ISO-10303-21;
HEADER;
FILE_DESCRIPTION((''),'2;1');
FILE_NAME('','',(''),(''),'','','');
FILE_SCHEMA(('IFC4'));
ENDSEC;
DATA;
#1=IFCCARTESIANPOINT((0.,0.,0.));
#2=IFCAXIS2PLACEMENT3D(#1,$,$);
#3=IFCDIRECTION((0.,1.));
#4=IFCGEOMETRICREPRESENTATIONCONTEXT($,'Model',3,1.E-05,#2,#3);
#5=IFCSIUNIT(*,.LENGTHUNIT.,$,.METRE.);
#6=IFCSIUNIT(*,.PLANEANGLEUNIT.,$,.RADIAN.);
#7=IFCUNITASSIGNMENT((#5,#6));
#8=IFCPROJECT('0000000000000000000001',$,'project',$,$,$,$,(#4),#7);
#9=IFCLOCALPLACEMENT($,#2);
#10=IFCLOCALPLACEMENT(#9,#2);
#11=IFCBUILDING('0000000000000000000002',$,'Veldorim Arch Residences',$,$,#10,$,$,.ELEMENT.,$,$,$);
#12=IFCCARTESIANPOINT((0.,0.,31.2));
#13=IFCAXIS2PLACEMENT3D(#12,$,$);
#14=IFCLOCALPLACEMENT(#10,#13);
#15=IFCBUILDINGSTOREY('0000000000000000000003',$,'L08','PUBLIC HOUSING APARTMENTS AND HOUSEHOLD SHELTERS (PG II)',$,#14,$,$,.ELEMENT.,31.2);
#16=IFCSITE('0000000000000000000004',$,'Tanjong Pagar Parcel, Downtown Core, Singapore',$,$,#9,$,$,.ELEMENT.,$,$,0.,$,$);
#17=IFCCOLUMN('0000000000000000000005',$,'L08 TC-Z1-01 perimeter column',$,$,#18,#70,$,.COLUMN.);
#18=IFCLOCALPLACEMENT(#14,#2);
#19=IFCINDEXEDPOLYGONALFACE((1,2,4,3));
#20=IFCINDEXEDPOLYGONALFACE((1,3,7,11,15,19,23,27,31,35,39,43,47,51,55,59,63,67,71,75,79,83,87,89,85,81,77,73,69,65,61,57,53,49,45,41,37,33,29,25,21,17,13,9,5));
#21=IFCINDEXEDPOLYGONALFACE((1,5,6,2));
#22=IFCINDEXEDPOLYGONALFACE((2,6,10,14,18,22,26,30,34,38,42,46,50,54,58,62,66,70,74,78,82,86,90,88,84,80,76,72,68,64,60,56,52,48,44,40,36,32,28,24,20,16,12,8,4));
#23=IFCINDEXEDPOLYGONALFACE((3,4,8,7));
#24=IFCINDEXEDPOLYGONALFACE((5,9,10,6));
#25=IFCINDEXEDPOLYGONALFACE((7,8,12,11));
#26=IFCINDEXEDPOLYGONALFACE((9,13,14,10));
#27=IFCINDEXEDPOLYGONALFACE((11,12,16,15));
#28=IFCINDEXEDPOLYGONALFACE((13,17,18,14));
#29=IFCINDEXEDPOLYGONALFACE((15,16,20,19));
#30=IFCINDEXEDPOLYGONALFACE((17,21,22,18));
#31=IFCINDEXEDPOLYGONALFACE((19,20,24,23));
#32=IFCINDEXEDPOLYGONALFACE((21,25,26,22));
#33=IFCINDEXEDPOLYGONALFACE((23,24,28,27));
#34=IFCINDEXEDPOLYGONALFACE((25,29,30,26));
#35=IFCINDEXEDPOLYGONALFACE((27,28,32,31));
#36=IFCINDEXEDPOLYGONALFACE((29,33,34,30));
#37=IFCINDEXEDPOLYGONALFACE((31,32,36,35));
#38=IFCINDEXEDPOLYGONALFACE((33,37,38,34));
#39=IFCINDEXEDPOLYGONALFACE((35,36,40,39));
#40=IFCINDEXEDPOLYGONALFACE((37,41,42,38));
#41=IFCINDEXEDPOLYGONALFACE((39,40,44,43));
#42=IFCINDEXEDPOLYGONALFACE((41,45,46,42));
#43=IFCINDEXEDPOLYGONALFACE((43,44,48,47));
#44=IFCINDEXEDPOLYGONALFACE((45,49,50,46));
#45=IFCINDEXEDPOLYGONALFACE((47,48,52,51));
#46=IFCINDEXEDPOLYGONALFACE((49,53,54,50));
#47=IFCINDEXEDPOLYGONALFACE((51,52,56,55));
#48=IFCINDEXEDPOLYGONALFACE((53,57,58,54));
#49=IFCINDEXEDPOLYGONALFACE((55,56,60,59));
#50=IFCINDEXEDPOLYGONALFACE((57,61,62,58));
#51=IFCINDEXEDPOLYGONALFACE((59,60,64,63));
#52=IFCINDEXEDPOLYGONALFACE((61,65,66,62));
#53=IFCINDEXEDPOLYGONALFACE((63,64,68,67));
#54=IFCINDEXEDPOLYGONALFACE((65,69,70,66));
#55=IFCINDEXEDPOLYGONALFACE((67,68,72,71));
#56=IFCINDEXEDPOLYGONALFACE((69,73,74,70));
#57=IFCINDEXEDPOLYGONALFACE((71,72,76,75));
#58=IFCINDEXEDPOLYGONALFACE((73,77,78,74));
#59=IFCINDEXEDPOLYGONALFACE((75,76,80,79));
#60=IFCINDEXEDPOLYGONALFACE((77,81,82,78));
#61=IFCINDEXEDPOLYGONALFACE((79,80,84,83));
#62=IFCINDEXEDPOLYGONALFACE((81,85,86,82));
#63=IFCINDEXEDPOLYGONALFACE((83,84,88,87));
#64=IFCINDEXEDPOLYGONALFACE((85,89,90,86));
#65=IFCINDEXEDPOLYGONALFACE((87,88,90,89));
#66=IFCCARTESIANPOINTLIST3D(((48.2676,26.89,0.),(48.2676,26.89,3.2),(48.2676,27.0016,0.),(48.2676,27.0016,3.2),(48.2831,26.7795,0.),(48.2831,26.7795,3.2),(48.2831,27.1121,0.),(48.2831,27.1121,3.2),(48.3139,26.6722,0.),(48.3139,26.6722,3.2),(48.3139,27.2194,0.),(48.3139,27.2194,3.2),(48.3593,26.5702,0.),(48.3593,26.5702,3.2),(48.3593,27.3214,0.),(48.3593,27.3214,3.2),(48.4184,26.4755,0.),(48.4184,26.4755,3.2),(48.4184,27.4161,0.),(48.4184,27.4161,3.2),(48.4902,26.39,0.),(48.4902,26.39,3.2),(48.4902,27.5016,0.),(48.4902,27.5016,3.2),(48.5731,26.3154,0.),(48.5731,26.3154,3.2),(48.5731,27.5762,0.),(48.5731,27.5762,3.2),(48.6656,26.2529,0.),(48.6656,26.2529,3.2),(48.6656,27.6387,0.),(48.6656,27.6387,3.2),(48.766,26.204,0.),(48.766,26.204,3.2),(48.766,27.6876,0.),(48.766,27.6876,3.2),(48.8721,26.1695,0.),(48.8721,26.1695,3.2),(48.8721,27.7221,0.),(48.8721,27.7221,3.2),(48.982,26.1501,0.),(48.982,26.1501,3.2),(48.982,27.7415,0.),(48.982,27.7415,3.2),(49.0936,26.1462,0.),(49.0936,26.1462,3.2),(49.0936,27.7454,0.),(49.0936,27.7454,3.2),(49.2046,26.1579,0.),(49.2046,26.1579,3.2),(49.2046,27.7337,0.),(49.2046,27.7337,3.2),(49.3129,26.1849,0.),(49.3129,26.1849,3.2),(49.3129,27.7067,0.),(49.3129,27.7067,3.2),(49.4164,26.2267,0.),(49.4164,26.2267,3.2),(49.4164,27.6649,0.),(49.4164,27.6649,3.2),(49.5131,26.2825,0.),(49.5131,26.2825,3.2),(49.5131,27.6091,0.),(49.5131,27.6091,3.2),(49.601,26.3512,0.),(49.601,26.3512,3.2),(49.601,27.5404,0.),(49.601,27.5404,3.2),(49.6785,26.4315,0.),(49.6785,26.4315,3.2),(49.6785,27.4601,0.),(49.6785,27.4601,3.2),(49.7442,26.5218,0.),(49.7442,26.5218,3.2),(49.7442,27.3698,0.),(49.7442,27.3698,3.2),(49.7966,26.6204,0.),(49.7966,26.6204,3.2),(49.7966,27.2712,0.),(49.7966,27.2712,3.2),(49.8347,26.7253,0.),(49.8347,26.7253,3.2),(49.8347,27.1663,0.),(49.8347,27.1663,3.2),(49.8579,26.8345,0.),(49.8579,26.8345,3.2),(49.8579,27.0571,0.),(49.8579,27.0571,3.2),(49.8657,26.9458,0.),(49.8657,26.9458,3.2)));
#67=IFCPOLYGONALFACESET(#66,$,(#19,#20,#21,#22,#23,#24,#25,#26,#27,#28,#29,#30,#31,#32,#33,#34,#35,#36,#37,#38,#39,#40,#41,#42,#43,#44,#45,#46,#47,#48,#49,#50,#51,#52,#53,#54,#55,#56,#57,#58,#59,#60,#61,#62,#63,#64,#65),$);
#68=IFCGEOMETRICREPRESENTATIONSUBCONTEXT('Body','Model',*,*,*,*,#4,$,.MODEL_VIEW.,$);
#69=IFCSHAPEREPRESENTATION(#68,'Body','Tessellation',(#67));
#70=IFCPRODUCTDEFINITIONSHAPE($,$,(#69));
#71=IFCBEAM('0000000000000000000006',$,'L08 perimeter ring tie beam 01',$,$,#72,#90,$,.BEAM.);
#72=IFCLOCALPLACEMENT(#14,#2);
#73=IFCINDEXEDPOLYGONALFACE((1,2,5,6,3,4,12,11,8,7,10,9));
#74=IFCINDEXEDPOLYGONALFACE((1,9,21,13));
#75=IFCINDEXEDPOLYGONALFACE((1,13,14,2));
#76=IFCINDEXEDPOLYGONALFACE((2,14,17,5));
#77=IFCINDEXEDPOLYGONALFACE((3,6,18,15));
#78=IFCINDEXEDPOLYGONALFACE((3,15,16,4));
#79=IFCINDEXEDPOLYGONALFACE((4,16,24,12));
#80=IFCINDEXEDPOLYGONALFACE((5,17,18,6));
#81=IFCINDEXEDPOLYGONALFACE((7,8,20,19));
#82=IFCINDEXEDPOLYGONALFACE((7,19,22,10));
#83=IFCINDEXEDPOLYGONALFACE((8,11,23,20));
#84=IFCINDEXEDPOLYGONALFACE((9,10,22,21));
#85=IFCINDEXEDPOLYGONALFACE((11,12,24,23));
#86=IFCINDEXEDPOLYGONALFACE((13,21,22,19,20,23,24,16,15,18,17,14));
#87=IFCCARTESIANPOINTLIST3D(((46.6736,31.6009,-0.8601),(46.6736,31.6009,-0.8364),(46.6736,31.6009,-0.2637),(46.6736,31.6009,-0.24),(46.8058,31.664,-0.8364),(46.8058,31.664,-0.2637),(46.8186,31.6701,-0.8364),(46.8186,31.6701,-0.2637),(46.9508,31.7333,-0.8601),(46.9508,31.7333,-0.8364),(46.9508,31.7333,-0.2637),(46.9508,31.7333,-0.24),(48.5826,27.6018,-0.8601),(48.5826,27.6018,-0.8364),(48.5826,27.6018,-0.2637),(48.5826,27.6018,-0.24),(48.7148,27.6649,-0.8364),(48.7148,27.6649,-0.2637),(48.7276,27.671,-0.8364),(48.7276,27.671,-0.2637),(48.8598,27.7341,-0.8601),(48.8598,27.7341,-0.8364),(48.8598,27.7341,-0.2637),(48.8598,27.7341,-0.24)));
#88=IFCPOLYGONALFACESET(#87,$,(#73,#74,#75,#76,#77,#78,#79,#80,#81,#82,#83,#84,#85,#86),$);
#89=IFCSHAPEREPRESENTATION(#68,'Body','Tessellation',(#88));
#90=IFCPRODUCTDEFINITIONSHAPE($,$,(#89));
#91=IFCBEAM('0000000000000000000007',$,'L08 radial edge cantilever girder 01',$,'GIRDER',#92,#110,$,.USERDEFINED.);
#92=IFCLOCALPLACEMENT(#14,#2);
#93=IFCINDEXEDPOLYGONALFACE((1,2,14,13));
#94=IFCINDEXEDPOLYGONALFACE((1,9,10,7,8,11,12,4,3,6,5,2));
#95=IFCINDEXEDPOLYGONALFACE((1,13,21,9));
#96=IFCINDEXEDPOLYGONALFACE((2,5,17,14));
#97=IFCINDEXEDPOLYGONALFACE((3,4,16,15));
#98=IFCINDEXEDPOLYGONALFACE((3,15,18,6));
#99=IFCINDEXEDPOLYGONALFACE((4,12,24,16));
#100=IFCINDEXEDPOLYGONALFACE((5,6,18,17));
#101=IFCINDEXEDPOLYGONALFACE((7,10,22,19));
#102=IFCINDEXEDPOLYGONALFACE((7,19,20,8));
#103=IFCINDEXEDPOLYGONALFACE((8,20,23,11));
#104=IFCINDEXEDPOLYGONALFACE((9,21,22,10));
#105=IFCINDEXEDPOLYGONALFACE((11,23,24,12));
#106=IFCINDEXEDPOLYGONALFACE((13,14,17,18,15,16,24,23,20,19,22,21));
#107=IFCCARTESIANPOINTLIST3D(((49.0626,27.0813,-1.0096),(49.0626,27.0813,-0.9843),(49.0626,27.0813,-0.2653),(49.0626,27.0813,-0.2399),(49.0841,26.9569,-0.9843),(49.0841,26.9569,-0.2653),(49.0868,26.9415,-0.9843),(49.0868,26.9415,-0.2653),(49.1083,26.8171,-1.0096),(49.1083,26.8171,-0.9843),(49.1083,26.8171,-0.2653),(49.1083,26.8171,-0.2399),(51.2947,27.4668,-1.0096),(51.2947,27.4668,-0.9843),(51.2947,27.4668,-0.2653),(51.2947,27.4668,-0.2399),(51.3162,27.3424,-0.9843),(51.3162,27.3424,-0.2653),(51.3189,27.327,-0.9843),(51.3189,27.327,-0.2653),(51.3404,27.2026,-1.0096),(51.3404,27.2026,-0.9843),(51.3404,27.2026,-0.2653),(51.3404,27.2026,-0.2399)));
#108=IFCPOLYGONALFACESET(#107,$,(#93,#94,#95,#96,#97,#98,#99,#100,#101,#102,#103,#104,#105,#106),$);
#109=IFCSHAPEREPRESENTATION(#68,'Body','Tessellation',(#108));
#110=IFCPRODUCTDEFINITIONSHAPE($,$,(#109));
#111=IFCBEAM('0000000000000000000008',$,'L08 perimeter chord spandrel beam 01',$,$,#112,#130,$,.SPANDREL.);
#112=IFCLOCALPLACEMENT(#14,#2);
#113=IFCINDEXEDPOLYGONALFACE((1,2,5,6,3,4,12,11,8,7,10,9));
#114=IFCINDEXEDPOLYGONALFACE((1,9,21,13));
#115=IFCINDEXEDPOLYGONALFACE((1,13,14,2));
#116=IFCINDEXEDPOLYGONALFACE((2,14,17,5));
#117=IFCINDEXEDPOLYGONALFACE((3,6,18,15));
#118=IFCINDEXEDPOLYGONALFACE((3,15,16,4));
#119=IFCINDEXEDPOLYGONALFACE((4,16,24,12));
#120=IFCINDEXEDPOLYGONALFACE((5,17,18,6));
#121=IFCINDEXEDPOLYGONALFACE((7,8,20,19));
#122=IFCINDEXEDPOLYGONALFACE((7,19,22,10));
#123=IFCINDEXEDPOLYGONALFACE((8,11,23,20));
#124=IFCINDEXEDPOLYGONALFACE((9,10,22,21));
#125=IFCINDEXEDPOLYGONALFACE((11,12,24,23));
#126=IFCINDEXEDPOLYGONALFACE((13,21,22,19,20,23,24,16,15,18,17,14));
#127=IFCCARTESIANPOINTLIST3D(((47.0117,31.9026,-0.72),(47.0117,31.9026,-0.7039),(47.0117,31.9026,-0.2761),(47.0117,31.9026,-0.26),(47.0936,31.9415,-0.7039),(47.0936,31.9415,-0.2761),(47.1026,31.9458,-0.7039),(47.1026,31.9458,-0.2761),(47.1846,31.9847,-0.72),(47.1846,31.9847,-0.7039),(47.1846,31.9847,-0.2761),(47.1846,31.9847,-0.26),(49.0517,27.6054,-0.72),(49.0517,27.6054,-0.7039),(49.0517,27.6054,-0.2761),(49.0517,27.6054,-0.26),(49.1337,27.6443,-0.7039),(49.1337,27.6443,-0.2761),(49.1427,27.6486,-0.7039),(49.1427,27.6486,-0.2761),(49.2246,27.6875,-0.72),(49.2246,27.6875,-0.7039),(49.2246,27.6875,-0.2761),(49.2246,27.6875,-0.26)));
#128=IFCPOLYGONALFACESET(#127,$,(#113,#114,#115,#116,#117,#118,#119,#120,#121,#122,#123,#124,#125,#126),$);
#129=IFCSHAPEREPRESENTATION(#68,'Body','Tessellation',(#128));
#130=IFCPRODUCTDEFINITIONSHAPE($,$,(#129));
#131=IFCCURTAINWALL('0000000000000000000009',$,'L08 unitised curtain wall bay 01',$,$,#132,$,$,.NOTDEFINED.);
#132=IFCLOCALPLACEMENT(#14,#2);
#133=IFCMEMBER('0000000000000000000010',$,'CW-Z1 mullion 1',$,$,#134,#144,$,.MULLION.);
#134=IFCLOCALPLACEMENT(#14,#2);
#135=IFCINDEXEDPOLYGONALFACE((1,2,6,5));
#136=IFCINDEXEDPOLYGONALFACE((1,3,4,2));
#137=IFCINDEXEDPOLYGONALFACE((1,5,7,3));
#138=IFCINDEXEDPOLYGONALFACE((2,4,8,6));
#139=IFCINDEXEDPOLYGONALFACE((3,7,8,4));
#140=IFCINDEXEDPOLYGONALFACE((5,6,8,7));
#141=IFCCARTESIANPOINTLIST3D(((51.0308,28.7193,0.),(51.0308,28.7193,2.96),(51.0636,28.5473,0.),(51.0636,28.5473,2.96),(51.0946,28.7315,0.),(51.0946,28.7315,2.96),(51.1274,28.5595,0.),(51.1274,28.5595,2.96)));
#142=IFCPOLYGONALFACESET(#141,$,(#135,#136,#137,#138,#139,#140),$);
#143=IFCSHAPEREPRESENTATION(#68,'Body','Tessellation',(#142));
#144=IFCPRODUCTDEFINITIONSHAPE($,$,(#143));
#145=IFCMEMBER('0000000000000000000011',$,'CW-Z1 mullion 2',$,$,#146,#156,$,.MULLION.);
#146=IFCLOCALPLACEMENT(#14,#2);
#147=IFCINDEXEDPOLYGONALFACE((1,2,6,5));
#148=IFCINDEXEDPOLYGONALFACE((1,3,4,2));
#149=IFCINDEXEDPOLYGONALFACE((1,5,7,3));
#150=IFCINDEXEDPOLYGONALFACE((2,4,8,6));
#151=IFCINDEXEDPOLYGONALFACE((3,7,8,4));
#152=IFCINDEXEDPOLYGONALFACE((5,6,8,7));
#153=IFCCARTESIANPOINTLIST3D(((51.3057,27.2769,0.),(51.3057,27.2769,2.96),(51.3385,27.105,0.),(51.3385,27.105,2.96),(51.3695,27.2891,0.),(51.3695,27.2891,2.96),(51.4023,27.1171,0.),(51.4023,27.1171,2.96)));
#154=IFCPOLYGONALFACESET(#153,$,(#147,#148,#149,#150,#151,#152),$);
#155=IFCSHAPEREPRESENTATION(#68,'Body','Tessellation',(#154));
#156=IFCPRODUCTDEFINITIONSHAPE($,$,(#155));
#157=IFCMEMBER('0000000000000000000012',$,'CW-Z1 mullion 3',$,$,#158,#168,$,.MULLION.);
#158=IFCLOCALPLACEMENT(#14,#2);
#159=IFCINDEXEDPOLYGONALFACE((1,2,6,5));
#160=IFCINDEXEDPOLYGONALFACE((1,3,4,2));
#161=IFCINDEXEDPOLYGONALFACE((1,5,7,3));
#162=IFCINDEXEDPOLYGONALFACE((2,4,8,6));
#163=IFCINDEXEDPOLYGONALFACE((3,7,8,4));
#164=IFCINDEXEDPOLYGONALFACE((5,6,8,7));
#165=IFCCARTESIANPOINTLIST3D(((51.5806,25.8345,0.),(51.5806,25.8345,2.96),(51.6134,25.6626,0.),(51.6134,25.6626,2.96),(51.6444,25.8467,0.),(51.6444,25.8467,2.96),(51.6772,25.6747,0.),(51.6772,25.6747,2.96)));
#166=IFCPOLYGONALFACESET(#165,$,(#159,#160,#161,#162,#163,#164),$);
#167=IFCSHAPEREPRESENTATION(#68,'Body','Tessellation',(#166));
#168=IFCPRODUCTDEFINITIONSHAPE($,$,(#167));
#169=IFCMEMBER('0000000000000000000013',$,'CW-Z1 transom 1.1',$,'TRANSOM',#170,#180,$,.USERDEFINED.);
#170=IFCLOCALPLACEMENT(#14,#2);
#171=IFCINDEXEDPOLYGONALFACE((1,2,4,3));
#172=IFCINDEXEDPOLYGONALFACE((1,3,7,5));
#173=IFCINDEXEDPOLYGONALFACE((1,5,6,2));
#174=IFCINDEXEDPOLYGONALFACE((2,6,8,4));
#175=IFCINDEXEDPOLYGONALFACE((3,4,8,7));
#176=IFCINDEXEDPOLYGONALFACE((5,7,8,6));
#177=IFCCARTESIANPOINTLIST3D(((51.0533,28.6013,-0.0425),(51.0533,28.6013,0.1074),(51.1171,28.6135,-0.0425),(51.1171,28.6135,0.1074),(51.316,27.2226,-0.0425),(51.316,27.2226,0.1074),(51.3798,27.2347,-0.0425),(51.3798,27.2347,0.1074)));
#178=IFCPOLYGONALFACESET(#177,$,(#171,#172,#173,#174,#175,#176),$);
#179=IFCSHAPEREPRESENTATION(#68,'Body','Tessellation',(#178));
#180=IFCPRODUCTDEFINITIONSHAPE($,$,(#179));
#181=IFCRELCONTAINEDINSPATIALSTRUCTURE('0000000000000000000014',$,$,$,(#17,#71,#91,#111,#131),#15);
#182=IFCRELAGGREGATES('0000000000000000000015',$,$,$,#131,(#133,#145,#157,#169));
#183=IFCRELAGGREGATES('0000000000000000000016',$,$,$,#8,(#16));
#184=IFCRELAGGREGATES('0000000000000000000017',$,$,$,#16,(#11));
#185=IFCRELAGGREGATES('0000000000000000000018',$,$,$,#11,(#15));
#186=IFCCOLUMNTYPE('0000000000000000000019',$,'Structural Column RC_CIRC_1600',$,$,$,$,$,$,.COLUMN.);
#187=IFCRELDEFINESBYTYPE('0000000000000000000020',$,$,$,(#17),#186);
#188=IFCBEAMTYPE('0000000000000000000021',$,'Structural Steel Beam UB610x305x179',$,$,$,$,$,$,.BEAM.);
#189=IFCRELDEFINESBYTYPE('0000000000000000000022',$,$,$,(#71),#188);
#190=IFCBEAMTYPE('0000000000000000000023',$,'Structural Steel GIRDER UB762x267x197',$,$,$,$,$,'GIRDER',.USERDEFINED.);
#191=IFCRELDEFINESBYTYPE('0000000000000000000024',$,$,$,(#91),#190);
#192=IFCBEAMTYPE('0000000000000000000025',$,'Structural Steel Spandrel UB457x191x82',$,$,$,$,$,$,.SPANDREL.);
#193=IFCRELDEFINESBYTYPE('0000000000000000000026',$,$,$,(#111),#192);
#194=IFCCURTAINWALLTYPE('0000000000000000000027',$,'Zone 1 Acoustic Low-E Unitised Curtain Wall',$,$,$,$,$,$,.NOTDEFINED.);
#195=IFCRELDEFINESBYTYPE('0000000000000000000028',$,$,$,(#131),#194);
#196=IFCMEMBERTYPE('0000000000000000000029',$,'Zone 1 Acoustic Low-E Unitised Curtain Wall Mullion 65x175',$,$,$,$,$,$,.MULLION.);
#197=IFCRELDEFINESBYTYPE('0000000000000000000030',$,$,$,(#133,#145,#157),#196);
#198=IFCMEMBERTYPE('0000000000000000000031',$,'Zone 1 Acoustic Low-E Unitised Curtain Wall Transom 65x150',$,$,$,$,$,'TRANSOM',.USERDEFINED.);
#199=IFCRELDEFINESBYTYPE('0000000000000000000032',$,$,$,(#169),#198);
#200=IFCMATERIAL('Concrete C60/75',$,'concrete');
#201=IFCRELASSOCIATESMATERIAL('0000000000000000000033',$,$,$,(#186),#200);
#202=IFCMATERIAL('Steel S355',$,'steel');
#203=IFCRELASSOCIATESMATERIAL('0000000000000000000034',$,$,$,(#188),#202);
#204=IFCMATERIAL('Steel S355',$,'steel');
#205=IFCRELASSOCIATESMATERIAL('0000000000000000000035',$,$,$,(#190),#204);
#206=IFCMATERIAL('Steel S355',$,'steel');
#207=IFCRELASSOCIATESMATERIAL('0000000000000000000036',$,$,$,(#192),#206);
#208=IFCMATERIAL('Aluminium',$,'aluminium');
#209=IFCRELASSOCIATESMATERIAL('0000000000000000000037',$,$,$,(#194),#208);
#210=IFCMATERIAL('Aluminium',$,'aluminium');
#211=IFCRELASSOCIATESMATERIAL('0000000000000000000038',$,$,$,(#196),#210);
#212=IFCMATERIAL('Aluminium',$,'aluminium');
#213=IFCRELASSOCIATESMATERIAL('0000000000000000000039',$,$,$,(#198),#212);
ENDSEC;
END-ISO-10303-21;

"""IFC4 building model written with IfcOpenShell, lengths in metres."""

from ifc_helpers import new_model, si_unit, direction, frame, origin, origin_2d, place, context, subcontext, project, spatial, rectangle, circle, i_section, extrude, material, material_profile, profile_set, type_object, element, aggregate, save


model = new_model("IFC4")

# Units and contexts
model_context = context("Model", 3, precision=1e-05, world=origin(), true_north=direction((0.0, 1.0)))
body_context = subcontext(model_context, "Body", "Model", "MODEL_VIEW")
ifc_project = project(units=[si_unit("LENGTHUNIT", "METRE"), si_unit("PLANEANGLEUNIT", "RADIAN")], contexts=[model_context])

# Site, building, storey
site_placement = place(None, origin())
site = spatial("IfcSite", under=ifc_project, at=site_placement, Name="Tanjong Pagar Parcel, Downtown Core, Singapore", CompositionType="ELEMENT", RefElevation=0.0)
building_placement = place(site_placement, origin())
building = spatial("IfcBuilding", under=site, at=building_placement, Name="Veldorim Arch Residences", CompositionType="ELEMENT")
storey_placement = place(building_placement, frame((0.0, 0.0, 31.2)))
storey = spatial("IfcBuildingStorey", under=building, at=storey_placement, Name="L08", Description="PUBLIC HOUSING APARTMENTS AND HOUSEHOLD SHELTERS (PG II)", CompositionType="ELEMENT", Elevation=31.2)

# Column
ifc_material_1 = material(Name="Concrete C60/75", Category="concrete")
ifc_material_profile_1 = material_profile(ifc_material_1, circle(Radius=0.8, at=origin_2d()), Name="RC_CIRC_1600")
ifc_profile_set_1 = profile_set([ifc_material_profile_1], Name="Concrete C60/75")
column_type = type_object("IfcColumnType", Name="Structural Column RC_CIRC_1600", PredefinedType="COLUMN", material=ifc_profile_set_1)
column_placement = place(storey_placement, frame((49.0657, 26.9458, 0.0), z_axis=(0.0, 0.0, 1.0), x_axis=(1.0, 0.0, 0.0)))
element("IfcColumn", 1, at=column_placement, inside=storey, type_object=column_type, Name="L08 TC-Z1-01 perimeter column", PredefinedType="COLUMN", context=body_context, shape_type="SweptSolid", body=[
    extrude(circle(Radius=0.8, at=origin_2d()), origin(), (0.0, 0.0, 1.0), 3.2),
])

# Beams
ifc_material_2 = material(Name="Steel S355", Category="steel")
ifc_material_profile_2 = material_profile(ifc_material_2, i_section(OverallWidth=0.3071, OverallDepth=0.6201, WebThickness=0.0142, FlangeThickness=0.0237, at=origin_2d()), Name="UB610x305x179")
ifc_profile_set_2 = profile_set([ifc_material_profile_2], Name="Steel S355")
beam_type_1 = type_object("IfcBeamType", Name="Structural Steel Beam UB610x305x179", PredefinedType="BEAM", material=ifc_profile_set_2)
beam_1_placement = place(storey_placement, frame((48.7212, 27.668, -0.55), z_axis=(-0.430787, 0.902454, 0.0), x_axis=(-0.902454, -0.430787, 0.0)))
element("IfcBeam", 2, at=beam_1_placement, inside=storey, type_object=beam_type_1, Name="L08 perimeter ring tie beam 01", PredefinedType="BEAM", context=body_context, shape_type="SweptSolid", body=[
    extrude(i_section(OverallWidth=0.3071, OverallDepth=0.6201, WebThickness=0.0142, FlangeThickness=0.0237, at=origin_2d()), origin(), (0.0, 0.0, 1.0), 4.4314),
])
ifc_material_3 = material(Name="Steel S355", Category="steel")
ifc_material_profile_3 = material_profile(ifc_material_3, i_section(OverallWidth=0.2681, OverallDepth=0.7698, WebThickness=0.0156, FlangeThickness=0.0254, at=origin_2d()), Name="UB762x267x197")
ifc_profile_set_3 = profile_set([ifc_material_profile_3], Name="Steel S355")
beam_type_2 = type_object("IfcBeamType", Name="Structural Steel GIRDER UB762x267x197", ElementType="GIRDER", PredefinedType="USERDEFINED", material=ifc_profile_set_3)
beam_2_placement = place(storey_placement, frame((49.0854, 26.9492, -0.6248), z_axis=(0.985413, 0.170181, 0.0), x_axis=(-0.170181, 0.985413, 0.0)))
element("IfcBeam", 3, at=beam_2_placement, inside=storey, type_object=beam_type_2, Name="L08 radial edge cantilever girder 01", ObjectType="GIRDER", PredefinedType="USERDEFINED", context=body_context, shape_type="SweptSolid", body=[
    extrude(i_section(OverallWidth=0.2681, OverallDepth=0.7698, WebThickness=0.0156, FlangeThickness=0.0254, at=origin_2d()), origin(), (0.0, 0.0, 1.0), 2.2651),
])
ifc_material_4 = material(Name="Steel S355", Category="steel")
ifc_material_profile_4 = material_profile(ifc_material_4, i_section(OverallWidth=0.1914, OverallDepth=0.46, WebThickness=0.01, FlangeThickness=0.0161, at=origin_2d()), Name="UB457x191x82")
ifc_profile_set_4 = profile_set([ifc_material_profile_4], Name="Steel S355")
beam_type_3 = type_object("IfcBeamType", Name="Structural Steel Spandrel UB457x191x82", PredefinedType="SPANDREL", material=ifc_profile_set_4)
beam_3_placement = place(storey_placement, frame((49.1382, 27.6465, -0.49), z_axis=(-0.428869, 0.903366, 0.0), x_axis=(-0.903366, -0.428869, 0.0)))
element("IfcBeam", 4, at=beam_3_placement, inside=storey, type_object=beam_type_3, Name="L08 perimeter chord spandrel beam 01", PredefinedType="SPANDREL", context=body_context, shape_type="SweptSolid", body=[
    extrude(i_section(OverallWidth=0.1914, OverallDepth=0.46, WebThickness=0.01, FlangeThickness=0.0161, at=origin_2d()), origin(), (0.0, 0.0, 1.0), 4.7568),
])

# Curtain wall, members
ifc_material_5 = material(Name="Aluminium", Category="aluminium")
curtain_wall_type = type_object("IfcCurtainWallType", Name="Zone 1 Acoustic Low-E Unitised Curtain Wall", PredefinedType="NOTDEFINED", material=ifc_material_5)
curtain_wall_placement = place(storey_placement, origin())
curtain_wall = element("IfcCurtainWall", 5, at=curtain_wall_placement, inside=storey, type_object=curtain_wall_type, Name="L08 unitised curtain wall bay 01", PredefinedType="NOTDEFINED")
ifc_material_6 = material(Name="Aluminium", Category="aluminium")
ifc_material_profile_5 = material_profile(ifc_material_6, rectangle(XDim=0.0649, YDim=0.175, at=origin_2d()), Name="ALU_MUL_65x175")
ifc_profile_set_5 = profile_set([ifc_material_profile_5], Name="Aluminium")
member_type_1 = type_object("IfcMemberType", Name="Zone 1 Acoustic Low-E Unitised Curtain Wall Mullion 65x175", PredefinedType="MULLION", material=ifc_profile_set_5)
member_1_placement = place(storey_placement, frame((51.0791, 28.6394, 0.0), z_axis=(0.0, 0.0, 1.0), x_axis=(0.982318, 0.187222, 0.0)))
member_1 = element("IfcMember", 6, at=member_1_placement, type_object=member_type_1, Name="CW-Z1 mullion 1", PredefinedType="MULLION", context=body_context, shape_type="SweptSolid", body=[
    extrude(rectangle(XDim=0.0649, YDim=0.175, at=origin_2d()), origin(), (0.0, 0.0, 1.0), 2.96),
])
member_2_placement = place(storey_placement, frame((51.354, 27.197, 0.0), z_axis=(0.0, 0.0, 1.0), x_axis=(0.982318, 0.187222, 0.0)))
member_2 = element("IfcMember", 7, at=member_2_placement, type_object=member_type_1, Name="CW-Z1 mullion 2", PredefinedType="MULLION", context=body_context, shape_type="SweptSolid", body=[
    extrude(rectangle(XDim=0.0649, YDim=0.175, at=origin_2d()), origin(), (0.0, 0.0, 1.0), 2.96),
])
member_3_placement = place(storey_placement, frame((51.6289, 25.7546, 0.0), z_axis=(0.0, 0.0, 1.0), x_axis=(0.982318, 0.187222, 0.0)))
member_3 = element("IfcMember", 8, at=member_3_placement, type_object=member_type_1, Name="CW-Z1 mullion 3", PredefinedType="MULLION", context=body_context, shape_type="SweptSolid", body=[
    extrude(rectangle(XDim=0.0649, YDim=0.175, at=origin_2d()), origin(), (0.0, 0.0, 1.0), 2.96),
])
ifc_material_7 = material(Name="Aluminium", Category="aluminium")
ifc_material_profile_6 = material_profile(ifc_material_7, rectangle(XDim=0.0649, YDim=0.1499, at=origin_2d()), Name="ALU_TRN_65x150")
ifc_profile_set_6 = profile_set([ifc_material_profile_6], Name="Aluminium")
member_type_2 = type_object("IfcMemberType", Name="Zone 1 Acoustic Low-E Unitised Curtain Wall Transom 65x150", ElementType="TRANSOM", PredefinedType="USERDEFINED", material=ifc_profile_set_6)
member_4_placement = place(storey_placement, frame((51.0852, 28.6074, 0.0325), z_axis=(0.187176, -0.982326, 0.0), x_axis=(0.982326, 0.187176, 0.0)))
member_4 = element("IfcMember", 9, at=member_4_placement, type_object=member_type_2, Name="CW-Z1 transom 1.1", ObjectType="TRANSOM", PredefinedType="USERDEFINED", context=body_context, shape_type="SweptSolid", body=[
    extrude(rectangle(XDim=0.0649, YDim=0.1499, at=origin_2d()), origin(), (0.0, 0.0, 1.0), 1.4036),
])
aggregate(curtain_wall, [member_1, member_2, member_3, member_4])

save(model, "model.ifc")
